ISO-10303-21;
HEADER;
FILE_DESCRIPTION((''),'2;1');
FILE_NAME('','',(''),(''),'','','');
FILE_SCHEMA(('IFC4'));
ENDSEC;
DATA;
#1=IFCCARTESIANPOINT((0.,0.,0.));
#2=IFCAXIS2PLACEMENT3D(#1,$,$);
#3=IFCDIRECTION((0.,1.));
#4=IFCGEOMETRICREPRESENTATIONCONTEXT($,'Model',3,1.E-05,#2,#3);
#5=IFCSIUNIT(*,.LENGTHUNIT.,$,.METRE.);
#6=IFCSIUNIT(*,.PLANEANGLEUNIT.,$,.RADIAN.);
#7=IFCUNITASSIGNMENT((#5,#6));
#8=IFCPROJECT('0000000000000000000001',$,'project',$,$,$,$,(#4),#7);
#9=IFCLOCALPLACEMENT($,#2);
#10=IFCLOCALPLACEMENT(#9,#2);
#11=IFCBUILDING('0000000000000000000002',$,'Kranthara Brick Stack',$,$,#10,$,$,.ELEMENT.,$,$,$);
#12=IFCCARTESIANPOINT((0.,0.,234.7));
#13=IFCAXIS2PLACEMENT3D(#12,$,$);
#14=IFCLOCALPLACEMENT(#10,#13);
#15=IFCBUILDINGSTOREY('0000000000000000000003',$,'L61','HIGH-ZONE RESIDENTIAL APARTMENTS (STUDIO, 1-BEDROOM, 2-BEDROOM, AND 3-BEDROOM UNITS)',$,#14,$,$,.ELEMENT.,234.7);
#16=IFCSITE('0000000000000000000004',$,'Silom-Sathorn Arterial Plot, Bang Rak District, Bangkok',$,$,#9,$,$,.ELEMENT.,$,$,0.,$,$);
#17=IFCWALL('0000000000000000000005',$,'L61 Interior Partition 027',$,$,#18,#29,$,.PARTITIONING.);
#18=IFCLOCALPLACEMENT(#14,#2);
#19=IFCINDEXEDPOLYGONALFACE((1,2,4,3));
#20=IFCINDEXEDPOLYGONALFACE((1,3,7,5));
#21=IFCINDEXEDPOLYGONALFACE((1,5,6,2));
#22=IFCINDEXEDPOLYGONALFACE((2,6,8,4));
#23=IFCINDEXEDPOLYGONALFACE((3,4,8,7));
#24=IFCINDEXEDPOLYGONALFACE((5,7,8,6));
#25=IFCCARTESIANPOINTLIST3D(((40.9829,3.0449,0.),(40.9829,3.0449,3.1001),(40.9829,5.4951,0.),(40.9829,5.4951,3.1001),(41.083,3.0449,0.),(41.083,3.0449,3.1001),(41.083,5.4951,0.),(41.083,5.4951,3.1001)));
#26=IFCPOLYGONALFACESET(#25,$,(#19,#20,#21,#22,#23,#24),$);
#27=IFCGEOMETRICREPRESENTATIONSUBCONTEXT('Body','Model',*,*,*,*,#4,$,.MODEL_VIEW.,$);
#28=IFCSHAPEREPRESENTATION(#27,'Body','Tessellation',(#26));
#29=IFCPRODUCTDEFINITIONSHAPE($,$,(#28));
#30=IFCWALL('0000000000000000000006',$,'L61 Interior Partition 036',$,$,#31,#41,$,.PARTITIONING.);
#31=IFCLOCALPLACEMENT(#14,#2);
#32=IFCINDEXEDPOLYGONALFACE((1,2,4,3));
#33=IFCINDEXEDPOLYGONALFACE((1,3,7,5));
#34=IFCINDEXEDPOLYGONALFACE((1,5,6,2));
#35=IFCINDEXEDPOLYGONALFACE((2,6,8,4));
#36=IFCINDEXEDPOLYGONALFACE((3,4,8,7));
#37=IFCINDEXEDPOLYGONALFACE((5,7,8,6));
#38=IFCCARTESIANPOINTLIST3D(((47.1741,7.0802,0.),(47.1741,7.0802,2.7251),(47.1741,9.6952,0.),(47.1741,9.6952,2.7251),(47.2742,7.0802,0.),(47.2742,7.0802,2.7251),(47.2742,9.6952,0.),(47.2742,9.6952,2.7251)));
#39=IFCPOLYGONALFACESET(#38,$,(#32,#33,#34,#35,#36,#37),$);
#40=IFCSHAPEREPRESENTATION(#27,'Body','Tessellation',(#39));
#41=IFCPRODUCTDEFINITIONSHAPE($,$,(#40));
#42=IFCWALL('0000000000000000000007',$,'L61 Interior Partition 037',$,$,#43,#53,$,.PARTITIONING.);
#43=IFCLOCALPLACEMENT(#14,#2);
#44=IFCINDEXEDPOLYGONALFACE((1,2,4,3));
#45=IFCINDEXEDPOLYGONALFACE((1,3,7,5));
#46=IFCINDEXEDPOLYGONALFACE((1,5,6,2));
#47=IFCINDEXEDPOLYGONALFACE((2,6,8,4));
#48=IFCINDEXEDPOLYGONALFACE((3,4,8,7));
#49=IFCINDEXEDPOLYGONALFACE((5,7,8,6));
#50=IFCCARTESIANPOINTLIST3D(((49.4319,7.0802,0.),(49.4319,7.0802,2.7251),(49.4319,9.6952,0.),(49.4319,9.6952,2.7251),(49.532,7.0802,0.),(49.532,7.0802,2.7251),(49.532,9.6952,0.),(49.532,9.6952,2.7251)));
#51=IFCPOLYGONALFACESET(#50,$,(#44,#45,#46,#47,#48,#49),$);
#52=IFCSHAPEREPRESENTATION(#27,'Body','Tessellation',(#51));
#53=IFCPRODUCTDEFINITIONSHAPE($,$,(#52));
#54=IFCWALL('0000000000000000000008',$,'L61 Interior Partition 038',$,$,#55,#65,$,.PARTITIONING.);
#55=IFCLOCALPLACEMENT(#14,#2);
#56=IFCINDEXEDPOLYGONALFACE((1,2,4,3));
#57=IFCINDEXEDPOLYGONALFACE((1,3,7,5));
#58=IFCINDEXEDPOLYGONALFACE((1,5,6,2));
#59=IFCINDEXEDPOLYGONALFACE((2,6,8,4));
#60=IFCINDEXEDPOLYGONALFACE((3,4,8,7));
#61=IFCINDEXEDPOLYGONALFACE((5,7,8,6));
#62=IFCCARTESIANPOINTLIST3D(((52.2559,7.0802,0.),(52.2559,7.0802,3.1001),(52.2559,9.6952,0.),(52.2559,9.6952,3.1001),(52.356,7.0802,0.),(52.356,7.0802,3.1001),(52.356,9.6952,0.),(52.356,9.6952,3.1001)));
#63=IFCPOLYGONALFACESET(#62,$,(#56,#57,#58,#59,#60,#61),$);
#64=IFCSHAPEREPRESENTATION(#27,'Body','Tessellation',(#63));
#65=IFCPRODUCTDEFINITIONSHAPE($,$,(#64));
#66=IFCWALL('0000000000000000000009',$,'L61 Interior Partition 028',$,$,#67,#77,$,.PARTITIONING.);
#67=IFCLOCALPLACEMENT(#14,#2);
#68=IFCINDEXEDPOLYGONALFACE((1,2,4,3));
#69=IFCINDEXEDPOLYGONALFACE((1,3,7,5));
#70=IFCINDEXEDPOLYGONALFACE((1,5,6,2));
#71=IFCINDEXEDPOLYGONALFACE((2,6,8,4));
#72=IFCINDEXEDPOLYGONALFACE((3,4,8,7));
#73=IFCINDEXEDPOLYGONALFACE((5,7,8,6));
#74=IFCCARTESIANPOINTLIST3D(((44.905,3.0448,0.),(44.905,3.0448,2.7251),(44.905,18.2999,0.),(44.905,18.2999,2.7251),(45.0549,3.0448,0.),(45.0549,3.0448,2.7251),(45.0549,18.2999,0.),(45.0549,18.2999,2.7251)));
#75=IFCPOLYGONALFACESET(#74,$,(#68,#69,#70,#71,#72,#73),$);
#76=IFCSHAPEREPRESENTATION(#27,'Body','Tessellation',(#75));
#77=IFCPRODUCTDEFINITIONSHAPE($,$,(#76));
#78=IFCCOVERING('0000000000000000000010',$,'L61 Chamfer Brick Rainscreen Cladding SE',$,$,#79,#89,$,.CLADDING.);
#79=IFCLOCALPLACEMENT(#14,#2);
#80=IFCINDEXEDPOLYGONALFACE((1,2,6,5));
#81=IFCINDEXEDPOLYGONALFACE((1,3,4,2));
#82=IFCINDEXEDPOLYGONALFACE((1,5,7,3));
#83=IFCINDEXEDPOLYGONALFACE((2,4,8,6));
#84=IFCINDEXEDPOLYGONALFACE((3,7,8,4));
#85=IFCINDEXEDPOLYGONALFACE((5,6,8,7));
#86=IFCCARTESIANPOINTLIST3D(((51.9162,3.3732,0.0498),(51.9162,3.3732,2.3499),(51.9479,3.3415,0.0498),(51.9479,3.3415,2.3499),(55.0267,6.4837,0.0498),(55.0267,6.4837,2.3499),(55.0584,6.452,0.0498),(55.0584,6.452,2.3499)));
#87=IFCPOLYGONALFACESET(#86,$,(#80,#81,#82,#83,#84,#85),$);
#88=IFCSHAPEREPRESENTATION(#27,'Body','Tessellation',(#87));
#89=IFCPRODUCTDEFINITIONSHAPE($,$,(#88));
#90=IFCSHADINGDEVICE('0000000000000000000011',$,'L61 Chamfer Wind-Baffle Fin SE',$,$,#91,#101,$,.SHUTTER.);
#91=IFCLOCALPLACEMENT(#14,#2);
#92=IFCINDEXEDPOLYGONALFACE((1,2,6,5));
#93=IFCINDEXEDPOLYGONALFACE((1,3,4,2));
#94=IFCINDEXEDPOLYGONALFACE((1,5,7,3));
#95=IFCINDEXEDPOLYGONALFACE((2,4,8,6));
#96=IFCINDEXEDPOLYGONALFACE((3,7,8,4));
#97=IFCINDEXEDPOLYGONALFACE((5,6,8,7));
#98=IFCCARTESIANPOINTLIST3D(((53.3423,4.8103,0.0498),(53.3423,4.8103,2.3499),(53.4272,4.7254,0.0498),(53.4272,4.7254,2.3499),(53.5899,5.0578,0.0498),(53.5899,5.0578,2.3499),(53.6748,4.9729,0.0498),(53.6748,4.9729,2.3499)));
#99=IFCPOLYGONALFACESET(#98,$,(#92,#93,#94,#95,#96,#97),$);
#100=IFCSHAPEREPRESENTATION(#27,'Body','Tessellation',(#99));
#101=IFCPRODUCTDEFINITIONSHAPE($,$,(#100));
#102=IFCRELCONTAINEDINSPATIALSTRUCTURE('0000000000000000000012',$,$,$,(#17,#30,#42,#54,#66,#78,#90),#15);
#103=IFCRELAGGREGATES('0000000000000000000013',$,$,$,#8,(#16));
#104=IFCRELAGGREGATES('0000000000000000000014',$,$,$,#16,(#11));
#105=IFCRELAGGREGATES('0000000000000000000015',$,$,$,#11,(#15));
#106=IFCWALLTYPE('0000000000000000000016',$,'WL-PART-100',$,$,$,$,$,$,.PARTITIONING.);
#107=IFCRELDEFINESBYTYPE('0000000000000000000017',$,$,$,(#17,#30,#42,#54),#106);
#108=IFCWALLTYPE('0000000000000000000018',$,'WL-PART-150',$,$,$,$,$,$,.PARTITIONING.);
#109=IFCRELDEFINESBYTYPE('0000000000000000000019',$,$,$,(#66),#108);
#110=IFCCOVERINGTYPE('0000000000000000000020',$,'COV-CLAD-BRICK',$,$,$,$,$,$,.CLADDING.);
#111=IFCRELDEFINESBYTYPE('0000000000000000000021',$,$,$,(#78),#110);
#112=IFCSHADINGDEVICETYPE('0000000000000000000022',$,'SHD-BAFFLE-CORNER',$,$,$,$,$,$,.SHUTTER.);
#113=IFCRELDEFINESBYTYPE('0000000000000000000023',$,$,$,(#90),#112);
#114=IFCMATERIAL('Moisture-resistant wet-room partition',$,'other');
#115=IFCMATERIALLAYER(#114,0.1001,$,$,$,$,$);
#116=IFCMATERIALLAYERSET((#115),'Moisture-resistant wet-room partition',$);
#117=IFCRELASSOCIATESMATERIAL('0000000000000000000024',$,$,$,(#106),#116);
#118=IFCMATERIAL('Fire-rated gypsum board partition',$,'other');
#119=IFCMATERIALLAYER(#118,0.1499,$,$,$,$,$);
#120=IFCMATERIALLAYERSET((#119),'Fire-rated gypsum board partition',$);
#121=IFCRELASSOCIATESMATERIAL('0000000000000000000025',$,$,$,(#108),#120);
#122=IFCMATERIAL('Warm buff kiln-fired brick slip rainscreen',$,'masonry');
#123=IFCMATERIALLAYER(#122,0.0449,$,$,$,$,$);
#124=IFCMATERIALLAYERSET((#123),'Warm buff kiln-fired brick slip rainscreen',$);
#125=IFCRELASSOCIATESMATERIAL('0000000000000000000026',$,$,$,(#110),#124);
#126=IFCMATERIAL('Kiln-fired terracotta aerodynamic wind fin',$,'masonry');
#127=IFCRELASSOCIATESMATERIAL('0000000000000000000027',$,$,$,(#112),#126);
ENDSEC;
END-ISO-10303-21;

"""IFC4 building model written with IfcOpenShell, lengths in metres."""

from ifc_helpers import new_model, si_unit, direction, frame, frame_2d, origin, origin_2d, place, context, subcontext, project, spatial, rectangle, extrude, material, layer, layer_set, type_object, element, save


model = new_model("IFC4")

# Units and contexts
model_context = context("Model", 3, precision=1e-05, world=origin(), true_north=direction((0.0, 1.0)))
body_context = subcontext(model_context, "Body", "Model", "MODEL_VIEW")
ifc_project = project(units=[si_unit("LENGTHUNIT", "METRE"), si_unit("PLANEANGLEUNIT", "RADIAN")], contexts=[model_context])

# Site, building, storey
site_placement = place(None, origin())
site = spatial("IfcSite", under=ifc_project, at=site_placement, Name="Silom-Sathorn Arterial Plot, Bang Rak District, Bangkok", CompositionType="ELEMENT", RefElevation=0.0)
building_placement = place(site_placement, origin())
building = spatial("IfcBuilding", under=site, at=building_placement, Name="Kranthara Brick Stack", CompositionType="ELEMENT")
storey_placement = place(building_placement, frame((0.0, 0.0, 234.7)))
storey = spatial("IfcBuildingStorey", under=building, at=storey_placement, Name="L61", Description="HIGH-ZONE RESIDENTIAL APARTMENTS (STUDIO, 1-BEDROOM, 2-BEDROOM, AND 3-BEDROOM UNITS)", CompositionType="ELEMENT", Elevation=234.7)

# Shared definitions
ifc_material_1 = material(Name="Moisture-resistant wet-room partition", Category="other")
ifc_layer_1 = layer(ifc_material_1, 0.1001)
ifc_layer_set_1 = layer_set([ifc_layer_1], Name="Moisture-resistant wet-room partition")
wall_type_1 = type_object("IfcWallType", Name="WL-PART-100", PredefinedType="PARTITIONING", material=ifc_layer_set_1)

# Walls
wall_1_placement = place(storey_placement, frame((41.033, 3.0449, 0.0), z_axis=(0.0, 0.0, 1.0), x_axis=(0.0, 1.0, 0.0)))
element("IfcWall", 1, at=wall_1_placement, inside=storey, type_object=wall_type_1, Name="L61 Interior Partition 027", PredefinedType="PARTITIONING", context=body_context, shape_type="SweptSolid", body=[
    extrude(rectangle(XDim=2.4502, YDim=0.1001, at=frame_2d((1.2251, 0.0))), origin(), (0.0, 0.0, 1.0), 3.1001),
])
for number, where, z_axis, x_axis, name in (
    (2, (47.2241, 7.0801, 0.0), (0.0, 0.0, 1.0), (0.0, 1.0, 0.0), "L61 Interior Partition 036"),
    (3, (49.4819, 7.0801, 0.0), (0.0, 0.0, 1.0), (0.0, 1.0, 0.0), "L61 Interior Partition 037"),
):
    element("IfcWall", number, at=place(storey_placement, frame(where, z_axis=z_axis, x_axis=x_axis)), inside=storey, type_object=wall_type_1, Name=name, PredefinedType="PARTITIONING", context=body_context, shape_type="SweptSolid", body=[
        extrude(rectangle(XDim=2.615, YDim=0.1001, at=frame_2d((1.3076, 0.0))), origin(), (0.0, 0.0, 1.0), 2.7251),
    ])
wall_2_placement = place(storey_placement, frame((52.3059, 7.0801, 0.0), z_axis=(0.0, 0.0, 1.0), x_axis=(0.0, 1.0, 0.0)))
element("IfcWall", 4, at=wall_2_placement, inside=storey, type_object=wall_type_1, Name="L61 Interior Partition 038", PredefinedType="PARTITIONING", context=body_context, shape_type="SweptSolid", body=[
    extrude(rectangle(XDim=2.615, YDim=0.1001, at=frame_2d((1.3076, 0.0))), origin(), (0.0, 0.0, 1.0), 3.1001),
])
ifc_material_2 = material(Name="Fire-rated gypsum board partition", Category="other")
ifc_layer_2 = layer(ifc_material_2, 0.1499)
ifc_layer_set_2 = layer_set([ifc_layer_2], Name="Fire-rated gypsum board partition")
wall_type_2 = type_object("IfcWallType", Name="WL-PART-150", PredefinedType="PARTITIONING", material=ifc_layer_set_2)
wall_3_placement = place(storey_placement, frame((44.98, 3.0449, 0.0), z_axis=(0.0, 0.0, 1.0), x_axis=(0.0, 1.0, 0.0)))
element("IfcWall", 5, at=wall_3_placement, inside=storey, type_object=wall_type_2, Name="L61 Interior Partition 028", PredefinedType="PARTITIONING", context=body_context, shape_type="SweptSolid", body=[
    extrude(rectangle(XDim=15.2551, YDim=0.1499, at=frame_2d((7.6274, 0.0))), origin(), (0.0, 0.0, 1.0), 2.7251),
])

# Covering
ifc_material_3 = material(Name="Warm buff kiln-fired brick slip rainscreen", Category="masonry")
ifc_layer_3 = layer(ifc_material_3, 0.0449)
ifc_layer_set_3 = layer_set([ifc_layer_3], Name="Warm buff kiln-fired brick slip rainscreen")
covering_type = type_object("IfcCoveringType", Name="COV-CLAD-BRICK", PredefinedType="CLADDING", material=ifc_layer_set_3)
covering_placement = place(storey_placement, frame((53.4873, 4.9126, 0.0498), z_axis=(0.0, 0.0, 1.0), x_axis=(-0.707107, -0.707107, 0.0)))
element("IfcCovering", 6, at=covering_placement, inside=storey, type_object=covering_type, Name="L61 Chamfer Brick Rainscreen Cladding SE", PredefinedType="CLADDING", context=body_context, shape_type="SweptSolid", body=[
    extrude(rectangle(XDim=4.3989, YDim=0.0449, at=origin_2d()), origin(), (0.0, 0.0, 1.0), 2.3),
])

# Shading device
ifc_material_4 = material(Name="Kiln-fired terracotta aerodynamic wind fin", Category="masonry")
shading_device_type = type_object("IfcShadingDeviceType", Name="SHD-BAFFLE-CORNER", PredefinedType="SHUTTER", material=ifc_material_4)
shading_device_placement = place(storey_placement, frame((53.5085, 4.8916, 0.0498), z_axis=(0.0, 0.0, 1.0), x_axis=(-0.707107, -0.707107, 0.0)))
element("IfcShadingDevice", 7, at=shading_device_placement, inside=storey, type_object=shading_device_type, Name="L61 Chamfer Wind-Baffle Fin SE", PredefinedType="SHUTTER", context=body_context, shape_type="SweptSolid", body=[
    extrude(rectangle(XDim=0.3501, YDim=0.1201, at=origin_2d()), origin(), (0.0, 0.0, 1.0), 2.3),
])

save(model, "model.ifc")
